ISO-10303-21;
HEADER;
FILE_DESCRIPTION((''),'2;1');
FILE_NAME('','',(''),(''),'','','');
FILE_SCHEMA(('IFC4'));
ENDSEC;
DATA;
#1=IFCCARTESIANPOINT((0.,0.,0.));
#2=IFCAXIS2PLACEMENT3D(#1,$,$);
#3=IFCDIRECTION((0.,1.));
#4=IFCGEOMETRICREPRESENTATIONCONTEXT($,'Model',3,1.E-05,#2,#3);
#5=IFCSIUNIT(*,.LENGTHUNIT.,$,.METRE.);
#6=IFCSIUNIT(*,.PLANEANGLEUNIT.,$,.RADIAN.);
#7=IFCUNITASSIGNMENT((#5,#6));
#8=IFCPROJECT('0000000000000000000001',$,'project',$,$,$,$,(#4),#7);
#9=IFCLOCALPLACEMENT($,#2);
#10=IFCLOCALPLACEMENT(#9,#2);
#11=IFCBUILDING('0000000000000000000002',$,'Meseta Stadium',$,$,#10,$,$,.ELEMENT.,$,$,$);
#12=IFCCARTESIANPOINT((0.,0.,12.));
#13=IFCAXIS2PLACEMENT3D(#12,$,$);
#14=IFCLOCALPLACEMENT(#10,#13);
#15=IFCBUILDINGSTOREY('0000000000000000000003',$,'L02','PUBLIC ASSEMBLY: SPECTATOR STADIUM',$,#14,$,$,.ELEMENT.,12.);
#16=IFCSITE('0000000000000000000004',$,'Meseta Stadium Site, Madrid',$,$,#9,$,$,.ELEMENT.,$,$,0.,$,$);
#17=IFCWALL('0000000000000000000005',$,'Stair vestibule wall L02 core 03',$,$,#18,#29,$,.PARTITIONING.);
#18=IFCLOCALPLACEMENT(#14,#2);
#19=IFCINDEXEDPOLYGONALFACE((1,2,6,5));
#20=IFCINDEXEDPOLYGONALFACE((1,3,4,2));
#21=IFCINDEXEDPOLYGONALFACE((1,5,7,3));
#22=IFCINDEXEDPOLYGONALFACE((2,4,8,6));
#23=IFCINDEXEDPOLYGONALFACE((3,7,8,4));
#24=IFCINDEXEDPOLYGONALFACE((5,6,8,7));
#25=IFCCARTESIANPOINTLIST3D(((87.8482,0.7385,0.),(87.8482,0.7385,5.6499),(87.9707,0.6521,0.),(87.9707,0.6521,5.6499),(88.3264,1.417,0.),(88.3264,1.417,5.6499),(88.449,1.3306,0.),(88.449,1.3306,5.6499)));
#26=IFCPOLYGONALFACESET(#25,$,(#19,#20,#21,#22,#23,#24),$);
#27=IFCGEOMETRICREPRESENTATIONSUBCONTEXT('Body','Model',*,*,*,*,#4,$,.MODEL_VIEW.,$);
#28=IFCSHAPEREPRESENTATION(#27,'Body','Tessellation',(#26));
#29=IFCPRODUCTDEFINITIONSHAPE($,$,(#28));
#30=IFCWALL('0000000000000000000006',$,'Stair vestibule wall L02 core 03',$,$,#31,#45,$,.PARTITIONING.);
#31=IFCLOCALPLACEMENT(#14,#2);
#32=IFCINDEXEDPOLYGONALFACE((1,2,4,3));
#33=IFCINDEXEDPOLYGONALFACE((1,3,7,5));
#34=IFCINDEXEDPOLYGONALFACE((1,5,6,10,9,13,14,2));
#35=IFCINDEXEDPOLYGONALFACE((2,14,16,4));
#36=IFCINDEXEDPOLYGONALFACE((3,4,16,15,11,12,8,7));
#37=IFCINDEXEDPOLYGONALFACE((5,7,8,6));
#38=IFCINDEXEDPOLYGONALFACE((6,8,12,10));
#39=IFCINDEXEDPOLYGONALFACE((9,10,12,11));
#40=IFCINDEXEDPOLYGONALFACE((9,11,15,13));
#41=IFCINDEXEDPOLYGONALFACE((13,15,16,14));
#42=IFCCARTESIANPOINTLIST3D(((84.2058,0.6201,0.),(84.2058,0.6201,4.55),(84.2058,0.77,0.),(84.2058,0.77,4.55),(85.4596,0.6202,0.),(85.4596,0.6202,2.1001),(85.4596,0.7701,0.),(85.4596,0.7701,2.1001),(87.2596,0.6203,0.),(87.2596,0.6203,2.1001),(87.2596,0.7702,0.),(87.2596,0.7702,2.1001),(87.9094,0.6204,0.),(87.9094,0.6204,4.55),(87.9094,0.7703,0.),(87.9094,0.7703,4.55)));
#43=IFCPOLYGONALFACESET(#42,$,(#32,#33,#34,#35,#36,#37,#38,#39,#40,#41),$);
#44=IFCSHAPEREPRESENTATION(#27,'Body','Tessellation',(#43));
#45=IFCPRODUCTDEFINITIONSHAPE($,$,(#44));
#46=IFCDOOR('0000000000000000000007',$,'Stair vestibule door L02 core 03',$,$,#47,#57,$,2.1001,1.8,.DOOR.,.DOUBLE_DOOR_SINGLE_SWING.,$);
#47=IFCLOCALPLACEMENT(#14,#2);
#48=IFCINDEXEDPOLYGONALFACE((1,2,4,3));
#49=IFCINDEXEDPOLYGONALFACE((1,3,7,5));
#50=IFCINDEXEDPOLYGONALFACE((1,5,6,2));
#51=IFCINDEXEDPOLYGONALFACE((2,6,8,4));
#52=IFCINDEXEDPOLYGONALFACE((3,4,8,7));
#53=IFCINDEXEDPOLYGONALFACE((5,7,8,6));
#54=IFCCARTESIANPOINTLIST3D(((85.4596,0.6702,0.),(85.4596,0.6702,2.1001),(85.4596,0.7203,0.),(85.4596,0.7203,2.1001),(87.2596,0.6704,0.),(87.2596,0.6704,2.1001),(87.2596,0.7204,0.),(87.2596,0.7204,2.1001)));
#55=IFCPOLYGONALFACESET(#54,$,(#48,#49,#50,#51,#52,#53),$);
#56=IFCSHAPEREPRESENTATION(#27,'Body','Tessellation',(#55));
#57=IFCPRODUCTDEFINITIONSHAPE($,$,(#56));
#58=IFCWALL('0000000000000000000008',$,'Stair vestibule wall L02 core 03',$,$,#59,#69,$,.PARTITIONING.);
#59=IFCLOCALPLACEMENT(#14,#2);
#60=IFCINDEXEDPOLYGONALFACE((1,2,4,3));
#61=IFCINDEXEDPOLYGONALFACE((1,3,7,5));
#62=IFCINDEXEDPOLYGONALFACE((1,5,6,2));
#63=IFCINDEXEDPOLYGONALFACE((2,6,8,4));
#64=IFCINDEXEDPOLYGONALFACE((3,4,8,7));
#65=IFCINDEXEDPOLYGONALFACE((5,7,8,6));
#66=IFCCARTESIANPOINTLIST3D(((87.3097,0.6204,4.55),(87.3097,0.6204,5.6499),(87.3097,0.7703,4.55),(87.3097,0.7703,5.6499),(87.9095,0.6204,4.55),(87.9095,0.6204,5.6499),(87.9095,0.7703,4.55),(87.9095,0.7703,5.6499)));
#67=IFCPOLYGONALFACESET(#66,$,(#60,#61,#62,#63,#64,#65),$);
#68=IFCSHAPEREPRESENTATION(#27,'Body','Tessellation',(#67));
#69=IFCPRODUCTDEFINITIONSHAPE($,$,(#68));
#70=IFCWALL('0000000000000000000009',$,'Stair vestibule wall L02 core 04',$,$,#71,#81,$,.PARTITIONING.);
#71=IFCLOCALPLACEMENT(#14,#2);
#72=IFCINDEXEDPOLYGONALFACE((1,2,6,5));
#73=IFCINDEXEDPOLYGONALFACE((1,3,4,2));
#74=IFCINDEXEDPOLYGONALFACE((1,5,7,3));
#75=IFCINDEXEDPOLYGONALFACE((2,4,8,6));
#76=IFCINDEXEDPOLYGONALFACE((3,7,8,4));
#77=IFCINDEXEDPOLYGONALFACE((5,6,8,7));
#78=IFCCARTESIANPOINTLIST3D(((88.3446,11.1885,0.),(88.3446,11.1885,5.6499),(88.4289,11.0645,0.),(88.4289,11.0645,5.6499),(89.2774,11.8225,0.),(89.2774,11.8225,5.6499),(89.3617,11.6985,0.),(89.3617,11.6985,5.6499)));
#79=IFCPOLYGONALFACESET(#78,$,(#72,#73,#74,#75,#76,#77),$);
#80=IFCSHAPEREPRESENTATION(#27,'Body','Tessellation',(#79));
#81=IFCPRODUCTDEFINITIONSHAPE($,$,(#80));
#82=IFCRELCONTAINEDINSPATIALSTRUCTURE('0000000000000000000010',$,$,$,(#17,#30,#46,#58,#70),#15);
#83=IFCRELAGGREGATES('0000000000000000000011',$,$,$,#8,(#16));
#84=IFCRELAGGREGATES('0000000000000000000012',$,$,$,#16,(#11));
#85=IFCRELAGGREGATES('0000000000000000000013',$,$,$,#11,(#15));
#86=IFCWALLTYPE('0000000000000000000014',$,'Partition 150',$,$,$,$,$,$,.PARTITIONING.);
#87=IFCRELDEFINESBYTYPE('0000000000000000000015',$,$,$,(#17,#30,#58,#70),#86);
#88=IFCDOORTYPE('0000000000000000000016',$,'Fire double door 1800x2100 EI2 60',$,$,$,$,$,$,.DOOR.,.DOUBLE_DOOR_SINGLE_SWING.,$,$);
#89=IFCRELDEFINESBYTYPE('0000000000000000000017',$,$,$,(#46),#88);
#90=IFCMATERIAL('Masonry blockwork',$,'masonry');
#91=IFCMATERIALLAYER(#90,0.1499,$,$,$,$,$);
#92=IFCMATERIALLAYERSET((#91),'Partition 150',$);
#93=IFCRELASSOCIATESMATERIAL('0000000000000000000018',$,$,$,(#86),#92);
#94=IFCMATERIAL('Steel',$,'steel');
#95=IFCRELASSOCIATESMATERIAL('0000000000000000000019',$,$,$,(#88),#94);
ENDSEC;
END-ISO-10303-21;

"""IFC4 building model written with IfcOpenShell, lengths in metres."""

from ifc_helpers import new_model, si_unit, direction, frame, frame_2d, origin, place, context, subcontext, project, spatial, rectangle, extrude, material, layer, layer_set, type_object, element, fill, save


model = new_model("IFC4")

# Units and contexts
model_context = context("Model", 3, precision=1e-05, world=origin(), true_north=direction((0.0, 1.0)))
body_context = subcontext(model_context, "Body", "Model", "MODEL_VIEW")
ifc_project = project(units=[si_unit("LENGTHUNIT", "METRE"), si_unit("PLANEANGLEUNIT", "RADIAN")], contexts=[model_context])

# Site, building, storey
site_placement = place(None, origin())
site = spatial("IfcSite", under=ifc_project, at=site_placement, Name="Meseta Stadium Site, Madrid", CompositionType="ELEMENT", RefElevation=0.0)
building_placement = place(site_placement, origin())
building = spatial("IfcBuilding", under=site, at=building_placement, Name="Meseta Stadium", CompositionType="ELEMENT")
storey_placement = place(building_placement, frame((0.0, 0.0, 12.0)))
storey = spatial("IfcBuildingStorey", under=building, at=storey_placement, Name="L02", Description="PUBLIC ASSEMBLY: SPECTATOR STADIUM", CompositionType="ELEMENT", Elevation=12.0)

# Shared definitions
ifc_material_1 = material(Name="Masonry blockwork", Category="masonry")
ifc_layer = layer(ifc_material_1, 0.1499)
ifc_layer_set = layer_set([ifc_layer], Name="Partition 150")
wall_type = type_object("IfcWallType", Name="Partition 150", PredefinedType="PARTITIONING", material=ifc_layer_set)

# Wall
wall_1_placement = place(storey_placement, frame((88.3877, 1.3738, 0.0), z_axis=(0.0, 0.0, 1.0), x_axis=(-0.576163, -0.817334, 0.0)))
element("IfcWall", 1, at=wall_1_placement, inside=storey, type_object=wall_type, Name="Stair vestibule wall L02 core 03", PredefinedType="PARTITIONING", context=body_context, shape_type="SweptSolid", body=[
    extrude(rectangle(XDim=0.8301, YDim=0.1499, at=frame_2d((0.415, 0.0))), origin(), (0.0, 0.0, 1.0), 5.6499),
])

# Wall, opening, door
wall_2_placement = place(storey_placement, frame((87.9094, 0.6953, 0.0), z_axis=(0.0, 0.0, 1.0), x_axis=(-1.0, -0.000066, 0.0)))
wall_2 = element("IfcWall", 2, at=wall_2_placement, inside=storey, type_object=wall_type, Name="Stair vestibule wall L02 core 03", PredefinedType="PARTITIONING", context=body_context, shape_type="SweptSolid", body=[
    extrude(rectangle(XDim=3.7036, YDim=0.1499, at=frame_2d((1.8518, 0.0))), origin(), (0.0, 0.0, 1.0), 4.55),
])
opening_1_placement = place(wall_2_placement, frame((0.6499, 0.0, 0.0)))
opening_1 = element("IfcOpeningElement", 3, at=opening_1_placement, cuts=wall_2, PredefinedType="OPENING", context=body_context, shape_type="SweptSolid", body=[
    extrude(rectangle(XDim=1.8, YDim=2.1001, at=frame_2d((0.8999, 1.05))), frame((0.0, 0.085, 0.0), z_axis=(0.0, -1.0, 0.0), x_axis=(1.0, 0.0, 0.0)), (0.0, 0.0, 1.0), 0.1699),
])
ifc_material_2 = material(Name="Steel", Category="steel")
door_type_1 = type_object("IfcDoorType", Name="Fire double door 1800x2100 EI2 60", OperationType="DOUBLE_DOOR_SINGLE_SWING", PredefinedType="DOOR", material=ifc_material_2)
door_1_placement = place(opening_1_placement, origin())
door_1 = element("IfcDoor", 4, at=door_1_placement, inside=storey, type_object=door_type_1, Name="Stair vestibule door L02 core 03", OperationType="DOUBLE_DOOR_SINGLE_SWING", OverallHeight=2.1001, OverallWidth=1.8, PredefinedType="DOOR", context=body_context, shape_type="SweptSolid", body=[
    extrude(rectangle(XDim=1.8, YDim=2.1001, at=frame_2d((0.8999, 1.05))), frame((0.0, 0.0249, 0.0), z_axis=(0.0, -1.0, 0.0), x_axis=(1.0, 0.0, 0.0)), (0.0, 0.0, 1.0), 0.05),
])
fill(opening_1, door_1)

# Walls
wall_3_placement = place(storey_placement, frame((87.9094, 0.6953, 4.55), z_axis=(0.0, 0.0, 1.0), x_axis=(-1.0, 0.0, 0.0)))
element("IfcWall", 5, at=wall_3_placement, inside=storey, type_object=wall_type, Name="Stair vestibule wall L02 core 03", PredefinedType="PARTITIONING", context=body_context, shape_type="SweptSolid", body=[
    extrude(rectangle(XDim=0.5999, YDim=0.1499, at=frame_2d((0.2998, 0.0))), origin(), (0.0, 0.0, 1.0), 1.0999),
])
wall_4_placement = place(storey_placement, frame((88.3867, 11.1265, 0.0), z_axis=(0.0, 0.0, 1.0), x_axis=(0.827055, 0.562121, 0.0)))
element("IfcWall", 6, at=wall_4_placement, inside=storey, type_object=wall_type, Name="Stair vestibule wall L02 core 04", PredefinedType="PARTITIONING", context=body_context, shape_type="SweptSolid", body=[
    extrude(rectangle(XDim=1.1279, YDim=0.1499, at=frame_2d((0.564, 0.0))), origin(), (0.0, 0.0, 1.0), 5.6499),
])

save(model, "model.ifc")
